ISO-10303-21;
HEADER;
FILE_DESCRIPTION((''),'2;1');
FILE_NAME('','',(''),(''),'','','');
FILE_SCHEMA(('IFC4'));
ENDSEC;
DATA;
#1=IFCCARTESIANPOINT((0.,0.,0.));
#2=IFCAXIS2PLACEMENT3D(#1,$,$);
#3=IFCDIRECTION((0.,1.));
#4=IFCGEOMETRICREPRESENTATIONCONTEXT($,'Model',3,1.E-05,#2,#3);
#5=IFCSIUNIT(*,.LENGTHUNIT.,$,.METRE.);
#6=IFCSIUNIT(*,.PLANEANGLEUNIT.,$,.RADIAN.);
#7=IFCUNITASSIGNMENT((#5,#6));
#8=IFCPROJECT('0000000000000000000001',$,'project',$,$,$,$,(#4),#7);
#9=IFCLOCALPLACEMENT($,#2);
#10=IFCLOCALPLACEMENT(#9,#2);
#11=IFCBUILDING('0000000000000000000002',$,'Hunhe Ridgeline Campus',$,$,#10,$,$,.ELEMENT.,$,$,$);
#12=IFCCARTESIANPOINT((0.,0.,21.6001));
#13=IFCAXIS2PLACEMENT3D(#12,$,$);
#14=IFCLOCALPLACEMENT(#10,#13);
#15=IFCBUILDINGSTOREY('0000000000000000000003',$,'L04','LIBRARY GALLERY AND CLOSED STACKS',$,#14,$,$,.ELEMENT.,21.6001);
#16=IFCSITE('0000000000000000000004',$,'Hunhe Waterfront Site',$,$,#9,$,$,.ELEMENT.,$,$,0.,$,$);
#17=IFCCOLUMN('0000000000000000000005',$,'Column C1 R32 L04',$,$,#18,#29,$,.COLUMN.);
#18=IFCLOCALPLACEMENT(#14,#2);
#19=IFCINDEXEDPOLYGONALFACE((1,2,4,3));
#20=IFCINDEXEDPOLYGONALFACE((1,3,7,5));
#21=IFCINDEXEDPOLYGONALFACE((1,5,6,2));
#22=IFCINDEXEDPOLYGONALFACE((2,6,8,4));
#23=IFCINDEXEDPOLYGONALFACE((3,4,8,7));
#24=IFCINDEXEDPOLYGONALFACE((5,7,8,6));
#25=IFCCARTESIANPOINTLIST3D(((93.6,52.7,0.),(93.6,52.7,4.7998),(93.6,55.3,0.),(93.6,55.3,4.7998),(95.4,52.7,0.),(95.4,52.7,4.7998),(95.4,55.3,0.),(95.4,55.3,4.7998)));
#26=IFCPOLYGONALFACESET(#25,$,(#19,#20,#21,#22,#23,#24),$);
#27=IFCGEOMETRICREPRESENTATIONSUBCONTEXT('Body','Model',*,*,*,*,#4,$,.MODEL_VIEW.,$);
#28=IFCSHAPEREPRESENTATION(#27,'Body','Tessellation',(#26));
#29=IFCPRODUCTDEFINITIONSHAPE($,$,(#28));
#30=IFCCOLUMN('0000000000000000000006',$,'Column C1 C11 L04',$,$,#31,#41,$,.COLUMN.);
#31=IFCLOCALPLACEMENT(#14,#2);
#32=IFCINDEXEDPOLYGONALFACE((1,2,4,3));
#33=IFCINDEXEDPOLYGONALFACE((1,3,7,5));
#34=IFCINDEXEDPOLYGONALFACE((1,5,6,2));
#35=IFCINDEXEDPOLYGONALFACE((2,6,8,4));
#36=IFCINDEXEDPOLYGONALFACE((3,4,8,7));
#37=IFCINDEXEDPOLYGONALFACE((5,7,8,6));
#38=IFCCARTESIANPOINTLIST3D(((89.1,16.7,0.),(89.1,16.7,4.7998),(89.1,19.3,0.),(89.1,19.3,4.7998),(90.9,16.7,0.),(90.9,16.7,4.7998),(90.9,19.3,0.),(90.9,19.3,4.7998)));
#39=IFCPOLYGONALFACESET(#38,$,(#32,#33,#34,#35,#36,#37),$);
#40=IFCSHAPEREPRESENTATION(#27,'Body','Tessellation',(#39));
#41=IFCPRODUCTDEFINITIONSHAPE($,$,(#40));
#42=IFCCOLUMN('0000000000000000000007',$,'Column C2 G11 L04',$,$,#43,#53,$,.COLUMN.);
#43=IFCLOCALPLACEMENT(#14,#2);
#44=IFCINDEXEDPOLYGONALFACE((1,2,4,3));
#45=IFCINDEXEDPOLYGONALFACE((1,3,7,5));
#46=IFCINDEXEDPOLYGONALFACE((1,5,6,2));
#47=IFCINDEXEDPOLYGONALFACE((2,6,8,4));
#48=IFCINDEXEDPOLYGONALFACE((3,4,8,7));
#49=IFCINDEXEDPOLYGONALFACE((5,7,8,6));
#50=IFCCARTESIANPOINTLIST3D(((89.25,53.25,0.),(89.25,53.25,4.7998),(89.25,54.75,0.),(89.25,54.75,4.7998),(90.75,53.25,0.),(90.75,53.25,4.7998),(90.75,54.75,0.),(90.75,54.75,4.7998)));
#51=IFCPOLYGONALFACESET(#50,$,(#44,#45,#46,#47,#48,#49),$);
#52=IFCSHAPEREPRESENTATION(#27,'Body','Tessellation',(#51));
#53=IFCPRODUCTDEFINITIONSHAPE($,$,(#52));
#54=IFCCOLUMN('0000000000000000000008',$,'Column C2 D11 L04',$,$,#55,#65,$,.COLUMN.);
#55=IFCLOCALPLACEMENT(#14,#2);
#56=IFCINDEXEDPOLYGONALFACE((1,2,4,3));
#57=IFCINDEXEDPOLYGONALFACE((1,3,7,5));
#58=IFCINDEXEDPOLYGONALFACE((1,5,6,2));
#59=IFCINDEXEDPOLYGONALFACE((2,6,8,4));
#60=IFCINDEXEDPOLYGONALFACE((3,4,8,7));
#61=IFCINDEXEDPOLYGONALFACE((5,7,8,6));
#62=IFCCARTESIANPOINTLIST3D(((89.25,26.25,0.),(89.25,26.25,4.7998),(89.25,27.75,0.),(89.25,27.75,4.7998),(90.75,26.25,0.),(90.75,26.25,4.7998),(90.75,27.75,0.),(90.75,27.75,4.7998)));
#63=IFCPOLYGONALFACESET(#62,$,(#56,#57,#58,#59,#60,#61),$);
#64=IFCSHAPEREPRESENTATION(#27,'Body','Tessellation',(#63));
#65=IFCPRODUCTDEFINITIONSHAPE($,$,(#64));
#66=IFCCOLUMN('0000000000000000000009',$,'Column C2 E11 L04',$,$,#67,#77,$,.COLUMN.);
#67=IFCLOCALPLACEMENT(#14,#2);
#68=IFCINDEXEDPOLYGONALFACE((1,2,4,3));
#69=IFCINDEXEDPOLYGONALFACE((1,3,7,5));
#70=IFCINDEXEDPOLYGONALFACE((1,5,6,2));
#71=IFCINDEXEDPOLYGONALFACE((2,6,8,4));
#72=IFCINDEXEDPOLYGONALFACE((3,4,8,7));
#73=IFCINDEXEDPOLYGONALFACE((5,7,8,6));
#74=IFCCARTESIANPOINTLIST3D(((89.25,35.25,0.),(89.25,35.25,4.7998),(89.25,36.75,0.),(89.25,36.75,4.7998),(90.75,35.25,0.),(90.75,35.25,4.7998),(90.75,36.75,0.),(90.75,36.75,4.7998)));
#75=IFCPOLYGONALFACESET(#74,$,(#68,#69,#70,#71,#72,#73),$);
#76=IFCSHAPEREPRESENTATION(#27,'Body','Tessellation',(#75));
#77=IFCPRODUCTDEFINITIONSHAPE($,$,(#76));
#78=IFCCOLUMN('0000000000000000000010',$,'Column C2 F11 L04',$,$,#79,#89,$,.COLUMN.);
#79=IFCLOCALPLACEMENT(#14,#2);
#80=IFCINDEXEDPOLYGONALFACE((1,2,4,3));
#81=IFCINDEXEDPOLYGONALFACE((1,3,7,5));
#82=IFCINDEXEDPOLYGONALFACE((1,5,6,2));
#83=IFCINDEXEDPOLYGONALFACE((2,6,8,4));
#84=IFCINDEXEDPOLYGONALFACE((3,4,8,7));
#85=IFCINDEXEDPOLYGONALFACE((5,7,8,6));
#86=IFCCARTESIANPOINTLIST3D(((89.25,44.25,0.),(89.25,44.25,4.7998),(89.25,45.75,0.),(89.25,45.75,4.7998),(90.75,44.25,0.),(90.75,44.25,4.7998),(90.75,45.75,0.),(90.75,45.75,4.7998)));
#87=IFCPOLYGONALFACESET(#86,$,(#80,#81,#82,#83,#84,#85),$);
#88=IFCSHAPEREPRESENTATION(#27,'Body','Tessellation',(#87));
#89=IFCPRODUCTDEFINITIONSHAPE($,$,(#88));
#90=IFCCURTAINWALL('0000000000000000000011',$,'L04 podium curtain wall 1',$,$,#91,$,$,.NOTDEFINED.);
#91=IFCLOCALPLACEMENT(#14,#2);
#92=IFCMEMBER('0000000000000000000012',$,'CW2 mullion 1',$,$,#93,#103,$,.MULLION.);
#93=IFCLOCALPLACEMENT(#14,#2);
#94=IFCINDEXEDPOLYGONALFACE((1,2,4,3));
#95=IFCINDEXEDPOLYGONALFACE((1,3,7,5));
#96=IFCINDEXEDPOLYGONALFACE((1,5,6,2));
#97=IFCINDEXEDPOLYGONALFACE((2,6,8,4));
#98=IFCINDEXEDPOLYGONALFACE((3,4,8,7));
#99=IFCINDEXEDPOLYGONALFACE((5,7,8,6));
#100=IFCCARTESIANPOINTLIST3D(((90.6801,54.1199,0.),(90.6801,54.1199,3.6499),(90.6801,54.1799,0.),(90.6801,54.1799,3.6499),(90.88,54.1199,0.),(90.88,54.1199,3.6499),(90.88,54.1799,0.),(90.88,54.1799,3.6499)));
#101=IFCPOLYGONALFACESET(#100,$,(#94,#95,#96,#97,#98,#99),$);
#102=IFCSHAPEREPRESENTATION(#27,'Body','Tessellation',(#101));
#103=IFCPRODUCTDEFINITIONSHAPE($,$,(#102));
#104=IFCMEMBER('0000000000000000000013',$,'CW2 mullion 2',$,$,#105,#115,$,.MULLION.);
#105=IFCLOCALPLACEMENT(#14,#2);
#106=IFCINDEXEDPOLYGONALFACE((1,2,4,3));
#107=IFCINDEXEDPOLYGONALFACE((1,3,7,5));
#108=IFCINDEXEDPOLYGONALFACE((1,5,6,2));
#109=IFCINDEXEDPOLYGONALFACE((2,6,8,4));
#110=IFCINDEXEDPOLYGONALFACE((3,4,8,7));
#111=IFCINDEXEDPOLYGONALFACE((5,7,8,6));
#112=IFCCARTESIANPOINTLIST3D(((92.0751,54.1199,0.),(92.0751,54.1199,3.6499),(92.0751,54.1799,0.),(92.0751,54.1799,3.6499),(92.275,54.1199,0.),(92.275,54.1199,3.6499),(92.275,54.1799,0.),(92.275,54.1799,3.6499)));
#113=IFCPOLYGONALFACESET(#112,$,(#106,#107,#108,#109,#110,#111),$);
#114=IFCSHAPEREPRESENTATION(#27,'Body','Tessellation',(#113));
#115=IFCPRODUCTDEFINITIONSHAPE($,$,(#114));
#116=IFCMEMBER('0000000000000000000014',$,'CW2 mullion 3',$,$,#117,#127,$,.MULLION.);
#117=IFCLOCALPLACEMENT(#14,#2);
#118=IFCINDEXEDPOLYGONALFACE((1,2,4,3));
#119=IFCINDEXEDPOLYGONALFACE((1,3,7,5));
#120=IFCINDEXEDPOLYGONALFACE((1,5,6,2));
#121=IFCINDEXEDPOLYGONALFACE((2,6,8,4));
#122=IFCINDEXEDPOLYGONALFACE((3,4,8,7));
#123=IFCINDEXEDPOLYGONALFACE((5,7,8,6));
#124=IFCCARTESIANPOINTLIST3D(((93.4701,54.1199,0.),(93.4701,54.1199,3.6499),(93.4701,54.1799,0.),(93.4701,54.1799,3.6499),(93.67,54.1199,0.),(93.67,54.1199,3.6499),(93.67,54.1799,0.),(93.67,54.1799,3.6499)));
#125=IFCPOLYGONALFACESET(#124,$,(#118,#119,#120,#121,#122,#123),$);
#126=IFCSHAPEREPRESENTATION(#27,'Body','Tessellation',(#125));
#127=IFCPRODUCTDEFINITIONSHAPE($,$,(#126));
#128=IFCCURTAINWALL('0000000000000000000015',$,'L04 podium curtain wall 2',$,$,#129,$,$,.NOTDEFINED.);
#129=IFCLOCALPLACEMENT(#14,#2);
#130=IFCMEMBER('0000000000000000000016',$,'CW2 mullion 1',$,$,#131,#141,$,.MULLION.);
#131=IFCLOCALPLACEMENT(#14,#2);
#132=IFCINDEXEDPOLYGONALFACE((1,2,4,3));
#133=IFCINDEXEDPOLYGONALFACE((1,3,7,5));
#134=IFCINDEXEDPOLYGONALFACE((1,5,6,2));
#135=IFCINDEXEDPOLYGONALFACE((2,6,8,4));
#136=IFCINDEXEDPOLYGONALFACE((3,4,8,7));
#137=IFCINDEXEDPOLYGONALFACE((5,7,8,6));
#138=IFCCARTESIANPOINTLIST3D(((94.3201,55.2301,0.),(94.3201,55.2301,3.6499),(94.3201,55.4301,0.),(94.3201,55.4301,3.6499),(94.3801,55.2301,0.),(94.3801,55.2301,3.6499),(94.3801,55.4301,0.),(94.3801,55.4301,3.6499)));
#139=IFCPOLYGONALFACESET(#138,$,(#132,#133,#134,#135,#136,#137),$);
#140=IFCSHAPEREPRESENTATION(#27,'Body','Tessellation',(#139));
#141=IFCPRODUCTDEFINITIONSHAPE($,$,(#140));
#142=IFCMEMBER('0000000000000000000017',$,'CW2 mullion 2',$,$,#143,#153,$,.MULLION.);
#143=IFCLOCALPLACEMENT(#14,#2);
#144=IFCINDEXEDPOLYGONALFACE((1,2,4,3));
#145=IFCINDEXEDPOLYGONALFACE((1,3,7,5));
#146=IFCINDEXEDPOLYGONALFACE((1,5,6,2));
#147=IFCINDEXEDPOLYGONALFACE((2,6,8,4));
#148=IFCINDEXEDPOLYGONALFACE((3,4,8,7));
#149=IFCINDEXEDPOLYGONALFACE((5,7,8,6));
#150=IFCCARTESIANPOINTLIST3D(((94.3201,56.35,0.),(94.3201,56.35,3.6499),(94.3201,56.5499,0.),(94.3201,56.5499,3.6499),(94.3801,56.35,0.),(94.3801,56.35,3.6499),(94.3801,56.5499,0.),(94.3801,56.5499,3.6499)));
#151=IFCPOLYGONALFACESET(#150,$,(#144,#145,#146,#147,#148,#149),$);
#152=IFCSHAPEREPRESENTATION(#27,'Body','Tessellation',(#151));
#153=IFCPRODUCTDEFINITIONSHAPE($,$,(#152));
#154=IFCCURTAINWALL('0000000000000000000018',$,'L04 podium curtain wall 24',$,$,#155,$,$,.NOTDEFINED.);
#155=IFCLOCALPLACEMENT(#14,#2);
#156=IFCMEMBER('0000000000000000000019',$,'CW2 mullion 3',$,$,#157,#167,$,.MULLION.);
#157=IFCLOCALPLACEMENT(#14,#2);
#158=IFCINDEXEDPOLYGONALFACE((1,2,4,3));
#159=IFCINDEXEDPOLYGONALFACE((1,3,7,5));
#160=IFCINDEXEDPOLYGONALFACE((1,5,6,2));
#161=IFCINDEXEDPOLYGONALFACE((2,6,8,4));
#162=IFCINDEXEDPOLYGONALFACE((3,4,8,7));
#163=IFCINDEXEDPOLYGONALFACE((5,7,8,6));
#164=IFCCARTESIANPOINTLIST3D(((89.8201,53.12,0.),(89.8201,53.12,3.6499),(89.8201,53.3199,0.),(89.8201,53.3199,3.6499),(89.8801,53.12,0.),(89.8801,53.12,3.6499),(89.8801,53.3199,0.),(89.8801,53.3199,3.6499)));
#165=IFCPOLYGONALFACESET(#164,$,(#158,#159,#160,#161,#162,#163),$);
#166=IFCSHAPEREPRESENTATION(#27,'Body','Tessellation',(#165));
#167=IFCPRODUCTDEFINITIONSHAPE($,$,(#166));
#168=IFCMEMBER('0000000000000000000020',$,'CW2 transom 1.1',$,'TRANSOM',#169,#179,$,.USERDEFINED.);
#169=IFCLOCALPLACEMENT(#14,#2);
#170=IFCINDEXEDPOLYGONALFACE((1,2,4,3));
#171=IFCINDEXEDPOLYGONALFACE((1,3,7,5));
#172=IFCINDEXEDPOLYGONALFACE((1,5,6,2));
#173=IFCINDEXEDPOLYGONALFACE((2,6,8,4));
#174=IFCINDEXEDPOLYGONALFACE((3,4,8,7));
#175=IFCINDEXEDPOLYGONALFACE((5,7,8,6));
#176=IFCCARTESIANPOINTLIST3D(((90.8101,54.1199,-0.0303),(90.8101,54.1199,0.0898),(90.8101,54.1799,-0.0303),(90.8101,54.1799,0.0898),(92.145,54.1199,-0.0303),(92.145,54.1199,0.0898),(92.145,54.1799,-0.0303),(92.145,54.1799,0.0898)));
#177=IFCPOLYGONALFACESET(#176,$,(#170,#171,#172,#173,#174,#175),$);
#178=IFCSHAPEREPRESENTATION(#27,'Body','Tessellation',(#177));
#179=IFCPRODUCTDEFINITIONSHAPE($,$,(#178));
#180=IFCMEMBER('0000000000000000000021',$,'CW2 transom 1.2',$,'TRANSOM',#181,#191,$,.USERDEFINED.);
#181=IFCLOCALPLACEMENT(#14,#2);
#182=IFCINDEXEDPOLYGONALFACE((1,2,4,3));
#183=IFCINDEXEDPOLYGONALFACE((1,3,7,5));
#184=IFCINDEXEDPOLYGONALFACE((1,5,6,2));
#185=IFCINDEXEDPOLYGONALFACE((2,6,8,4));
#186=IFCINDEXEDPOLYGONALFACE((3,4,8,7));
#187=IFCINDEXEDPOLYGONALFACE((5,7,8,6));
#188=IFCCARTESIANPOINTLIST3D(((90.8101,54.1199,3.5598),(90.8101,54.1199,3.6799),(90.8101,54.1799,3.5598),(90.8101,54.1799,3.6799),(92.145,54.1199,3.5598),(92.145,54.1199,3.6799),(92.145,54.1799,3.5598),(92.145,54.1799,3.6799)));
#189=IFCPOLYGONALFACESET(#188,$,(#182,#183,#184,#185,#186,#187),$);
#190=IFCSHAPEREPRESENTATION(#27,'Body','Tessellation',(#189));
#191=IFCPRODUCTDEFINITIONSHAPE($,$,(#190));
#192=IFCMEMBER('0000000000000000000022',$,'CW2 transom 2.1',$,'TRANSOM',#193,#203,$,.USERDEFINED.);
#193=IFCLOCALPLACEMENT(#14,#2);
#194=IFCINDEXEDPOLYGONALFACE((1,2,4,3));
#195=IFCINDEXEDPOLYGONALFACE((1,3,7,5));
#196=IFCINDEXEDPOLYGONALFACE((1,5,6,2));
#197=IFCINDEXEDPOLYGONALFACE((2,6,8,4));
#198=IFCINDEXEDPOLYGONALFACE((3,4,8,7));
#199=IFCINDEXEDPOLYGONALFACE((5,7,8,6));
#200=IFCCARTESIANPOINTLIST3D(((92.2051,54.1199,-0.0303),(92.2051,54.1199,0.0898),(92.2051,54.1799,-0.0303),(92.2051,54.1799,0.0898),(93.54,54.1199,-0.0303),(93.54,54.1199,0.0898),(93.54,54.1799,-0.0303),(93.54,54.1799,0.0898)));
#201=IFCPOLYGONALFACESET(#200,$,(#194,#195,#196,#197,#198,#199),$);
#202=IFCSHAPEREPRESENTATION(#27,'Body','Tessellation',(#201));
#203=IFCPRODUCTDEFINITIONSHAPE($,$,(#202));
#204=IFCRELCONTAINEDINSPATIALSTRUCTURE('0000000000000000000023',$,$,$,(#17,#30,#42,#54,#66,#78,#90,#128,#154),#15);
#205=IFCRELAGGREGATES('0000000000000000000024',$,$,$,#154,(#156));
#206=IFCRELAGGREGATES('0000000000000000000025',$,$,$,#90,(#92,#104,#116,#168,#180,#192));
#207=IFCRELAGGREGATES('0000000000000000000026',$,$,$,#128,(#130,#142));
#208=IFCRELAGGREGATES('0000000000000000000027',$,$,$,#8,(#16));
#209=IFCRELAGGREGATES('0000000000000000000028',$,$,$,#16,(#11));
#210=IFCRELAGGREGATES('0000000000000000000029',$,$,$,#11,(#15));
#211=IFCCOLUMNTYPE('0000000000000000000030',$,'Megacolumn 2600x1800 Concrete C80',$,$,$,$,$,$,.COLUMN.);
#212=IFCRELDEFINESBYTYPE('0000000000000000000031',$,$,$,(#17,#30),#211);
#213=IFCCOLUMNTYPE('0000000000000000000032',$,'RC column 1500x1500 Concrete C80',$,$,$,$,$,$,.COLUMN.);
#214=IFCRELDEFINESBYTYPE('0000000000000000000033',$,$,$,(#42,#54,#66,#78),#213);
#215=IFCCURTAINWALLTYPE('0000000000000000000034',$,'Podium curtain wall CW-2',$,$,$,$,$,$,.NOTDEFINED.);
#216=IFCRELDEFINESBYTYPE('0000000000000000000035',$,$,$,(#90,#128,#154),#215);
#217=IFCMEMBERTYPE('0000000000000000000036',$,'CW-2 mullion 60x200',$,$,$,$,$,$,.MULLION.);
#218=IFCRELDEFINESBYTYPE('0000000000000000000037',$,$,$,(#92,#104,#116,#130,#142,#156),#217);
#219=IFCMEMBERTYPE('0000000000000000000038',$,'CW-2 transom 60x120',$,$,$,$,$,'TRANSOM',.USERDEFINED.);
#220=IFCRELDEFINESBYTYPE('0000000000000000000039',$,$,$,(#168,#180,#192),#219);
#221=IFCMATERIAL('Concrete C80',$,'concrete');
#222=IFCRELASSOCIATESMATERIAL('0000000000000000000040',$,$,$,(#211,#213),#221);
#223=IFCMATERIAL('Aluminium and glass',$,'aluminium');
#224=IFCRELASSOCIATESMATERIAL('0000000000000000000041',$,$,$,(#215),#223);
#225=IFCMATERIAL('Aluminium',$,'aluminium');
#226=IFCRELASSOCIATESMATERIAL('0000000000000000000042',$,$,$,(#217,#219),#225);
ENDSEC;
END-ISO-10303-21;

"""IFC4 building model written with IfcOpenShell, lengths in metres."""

from ifc_helpers import new_model, si_unit, direction, frame, origin, origin_2d, place, context, subcontext, project, spatial, rectangle, extrude, material, material_profile, profile_set, type_object, element, aggregate, save


model = new_model("IFC4")

# Units and contexts
model_context = context("Model", 3, precision=1e-05, world=origin(), true_north=direction((0.0, 1.0)))
body_context = subcontext(model_context, "Body", "Model", "MODEL_VIEW")
ifc_project = project(units=[si_unit("LENGTHUNIT", "METRE"), si_unit("PLANEANGLEUNIT", "RADIAN")], contexts=[model_context])

# Site, building, storey
site_placement = place(None, origin())
site = spatial("IfcSite", under=ifc_project, at=site_placement, Name="Hunhe Waterfront Site", CompositionType="ELEMENT", RefElevation=0.0)
building_placement = place(site_placement, origin())
building = spatial("IfcBuilding", under=site, at=building_placement, Name="Hunhe Ridgeline Campus", CompositionType="ELEMENT")
storey_placement = place(building_placement, frame((0.0, 0.0, 21.6001)))
storey = spatial("IfcBuildingStorey", under=building, at=storey_placement, Name="L04", Description="LIBRARY GALLERY AND CLOSED STACKS", CompositionType="ELEMENT", Elevation=21.6001)

# Columns
ifc_material_1 = material(Name="Concrete C80", Category="concrete")
ifc_material_profile_1 = material_profile(ifc_material_1, rectangle(XDim=2.6001, YDim=1.8, at=origin_2d()))
ifc_profile_set_1 = profile_set([ifc_material_profile_1], Name="Concrete C80")
column_type_1 = type_object("IfcColumnType", Name="Megacolumn 2600x1800 Concrete C80", PredefinedType="COLUMN", material=ifc_profile_set_1)
for number, where, z_axis, x_axis, name in (
    (1, (94.5, 54.0, 0.0), (0.0, 0.0, 1.0), (0.0, 1.0, 0.0), "Column C1 R32 L04"),
    (2, (90.0, 18.0, 0.0), (0.0, 0.0, 1.0), (0.0, 1.0, 0.0), "Column C1 C11 L04"),
):
    element("IfcColumn", number, at=place(storey_placement, frame(where, z_axis=z_axis, x_axis=x_axis)), inside=storey, type_object=column_type_1, Name=name, PredefinedType="COLUMN", context=body_context, shape_type="SweptSolid", body=[
        extrude(rectangle(XDim=2.6001, YDim=1.8, at=origin_2d()), origin(), (0.0, 0.0, 1.0), 4.7998),
    ])
ifc_material_profile_2 = material_profile(ifc_material_1, rectangle(XDim=1.5, YDim=1.5, at=origin_2d()))
ifc_profile_set_2 = profile_set([ifc_material_profile_2], Name="Concrete C80")
column_type_2 = type_object("IfcColumnType", Name="RC column 1500x1500 Concrete C80", PredefinedType="COLUMN", material=ifc_profile_set_2)
for number, where, z_axis, x_axis, name in (
    (3, (90.0, 54.0, 0.0), (0.0, 0.0, 1.0), (1.0, 0.0, 0.0), "Column C2 G11 L04"),
    (4, (90.0, 27.0, 0.0), (0.0, 0.0, 1.0), (1.0, 0.0, 0.0), "Column C2 D11 L04"),
    (5, (90.0, 36.0, 0.0), (0.0, 0.0, 1.0), (1.0, 0.0, 0.0), "Column C2 E11 L04"),
    (6, (90.0, 45.0, 0.0), (0.0, 0.0, 1.0), (1.0, 0.0, 0.0), "Column C2 F11 L04"),
):
    element("IfcColumn", number, at=place(storey_placement, frame(where, z_axis=z_axis, x_axis=x_axis)), inside=storey, type_object=column_type_2, Name=name, PredefinedType="COLUMN", context=body_context, shape_type="SweptSolid", body=[
        extrude(rectangle(XDim=1.5, YDim=1.5, at=origin_2d()), origin(), (0.0, 0.0, 1.0), 4.7998),
    ])

# Curtain walls, members
ifc_material_2 = material(Name="Aluminium and glass", Category="aluminium")
curtain_wall_type = type_object("IfcCurtainWallType", Name="Podium curtain wall CW-2", PredefinedType="NOTDEFINED", material=ifc_material_2)
curtain_wall_1_placement = place(storey_placement, origin())
curtain_wall_1 = element("IfcCurtainWall", 7, at=curtain_wall_1_placement, inside=storey, type_object=curtain_wall_type, Name="L04 podium curtain wall 1", PredefinedType="NOTDEFINED")
ifc_material_3 = material(Name="Aluminium", Category="aluminium")
ifc_material_profile_3 = material_profile(ifc_material_3, rectangle(XDim=0.0601, YDim=0.2, at=origin_2d()))
ifc_profile_set_3 = profile_set([ifc_material_profile_3], Name="Aluminium")
member_type_1 = type_object("IfcMemberType", Name="CW-2 mullion 60x200", PredefinedType="MULLION", material=ifc_profile_set_3)
member_1_placement = place(storey_placement, frame((90.78, 54.1499, 0.0), z_axis=(0.0, 0.0, 1.0), x_axis=(0.0, 1.0, 0.0)))
member_1 = element("IfcMember", 8, at=member_1_placement, type_object=member_type_1, Name="CW2 mullion 1", PredefinedType="MULLION", context=body_context, shape_type="SweptSolid", body=[
    extrude(rectangle(XDim=0.0601, YDim=0.2, at=origin_2d()), origin(), (0.0, 0.0, 1.0), 3.6499),
])
member_2_placement = place(storey_placement, frame((92.175, 54.1499, 0.0), z_axis=(0.0, 0.0, 1.0), x_axis=(0.0, 1.0, 0.0)))
member_2 = element("IfcMember", 9, at=member_2_placement, type_object=member_type_1, Name="CW2 mullion 2", PredefinedType="MULLION", context=body_context, shape_type="SweptSolid", body=[
    extrude(rectangle(XDim=0.0601, YDim=0.2, at=origin_2d()), origin(), (0.0, 0.0, 1.0), 3.6499),
])
member_3_placement = place(storey_placement, frame((93.5701, 54.1499, 0.0), z_axis=(0.0, 0.0, 1.0), x_axis=(0.0, 1.0, 0.0)))
member_3 = element("IfcMember", 10, at=member_3_placement, type_object=member_type_1, Name="CW2 mullion 3", PredefinedType="MULLION", context=body_context, shape_type="SweptSolid", body=[
    extrude(rectangle(XDim=0.0601, YDim=0.2, at=origin_2d()), origin(), (0.0, 0.0, 1.0), 3.6499),
])
curtain_wall_2_placement = place(storey_placement, origin())
curtain_wall_2 = element("IfcCurtainWall", 11, at=curtain_wall_2_placement, inside=storey, type_object=curtain_wall_type, Name="L04 podium curtain wall 2", PredefinedType="NOTDEFINED")
member_4_placement = place(storey_placement, frame((94.3501, 55.3301, 0.0), z_axis=(0.0, 0.0, 1.0), x_axis=(-1.0, 0.0, 0.0)))
member_4 = element("IfcMember", 12, at=member_4_placement, type_object=member_type_1, Name="CW2 mullion 1", PredefinedType="MULLION", context=body_context, shape_type="SweptSolid", body=[
    extrude(rectangle(XDim=0.0601, YDim=0.2, at=origin_2d()), origin(), (0.0, 0.0, 1.0), 3.6499),
])
member_5_placement = place(storey_placement, frame((94.3501, 56.45, 0.0), z_axis=(0.0, 0.0, 1.0), x_axis=(-1.0, 0.0, 0.0)))
member_5 = element("IfcMember", 13, at=member_5_placement, type_object=member_type_1, Name="CW2 mullion 2", PredefinedType="MULLION", context=body_context, shape_type="SweptSolid", body=[
    extrude(rectangle(XDim=0.0601, YDim=0.2, at=origin_2d()), origin(), (0.0, 0.0, 1.0), 3.6499),
])

# Curtain wall, member
curtain_wall_3_placement = place(storey_placement, origin())
curtain_wall_3 = element("IfcCurtainWall", 14, at=curtain_wall_3_placement, inside=storey, type_object=curtain_wall_type, Name="L04 podium curtain wall 24", PredefinedType="NOTDEFINED")
member_6_placement = place(storey_placement, frame((89.8501, 53.22, 0.0), z_axis=(0.0, 0.0, 1.0), x_axis=(-1.0, 0.0, 0.0)))
member_6 = element("IfcMember", 15, at=member_6_placement, type_object=member_type_1, Name="CW2 mullion 3", PredefinedType="MULLION", context=body_context, shape_type="SweptSolid", body=[
    extrude(rectangle(XDim=0.0601, YDim=0.2, at=origin_2d()), origin(), (0.0, 0.0, 1.0), 3.6499),
])
aggregate(curtain_wall_3, [member_6])

# Members
ifc_material_profile_4 = material_profile(ifc_material_3, rectangle(XDim=0.0601, YDim=0.1201, at=origin_2d()))
ifc_profile_set_4 = profile_set([ifc_material_profile_4], Name="Aluminium")
member_type_2 = type_object("IfcMemberType", Name="CW-2 transom 60x120", ElementType="TRANSOM", PredefinedType="USERDEFINED", material=ifc_profile_set_4)
member_7_placement = place(storey_placement, frame((90.8101, 54.1499, 0.0298), z_axis=(1.0, 0.0, 0.0), x_axis=(0.0, 1.0, 0.0)))
member_7 = element("IfcMember", 16, at=member_7_placement, type_object=member_type_2, Name="CW2 transom 1.1", ObjectType="TRANSOM", PredefinedType="USERDEFINED", context=body_context, shape_type="SweptSolid", body=[
    extrude(rectangle(XDim=0.0601, YDim=0.1201, at=origin_2d()), origin(), (0.0, 0.0, 1.0), 1.335),
])
member_8_placement = place(storey_placement, frame((90.8101, 54.1499, 3.6199), z_axis=(1.0, 0.0, 0.0), x_axis=(0.0, 1.0, 0.0)))
member_8 = element("IfcMember", 17, at=member_8_placement, type_object=member_type_2, Name="CW2 transom 1.2", ObjectType="TRANSOM", PredefinedType="USERDEFINED", context=body_context, shape_type="SweptSolid", body=[
    extrude(rectangle(XDim=0.0601, YDim=0.1201, at=origin_2d()), origin(), (0.0, 0.0, 1.0), 1.335),
])
member_9_placement = place(storey_placement, frame((92.2051, 54.1499, 0.0298), z_axis=(1.0, 0.0, 0.0), x_axis=(0.0, 1.0, 0.0)))
member_9 = element("IfcMember", 18, at=member_9_placement, type_object=member_type_2, Name="CW2 transom 2.1", ObjectType="TRANSOM", PredefinedType="USERDEFINED", context=body_context, shape_type="SweptSolid", body=[
    extrude(rectangle(XDim=0.0601, YDim=0.1201, at=origin_2d()), origin(), (0.0, 0.0, 1.0), 1.335),
])

aggregate(curtain_wall_1, [member_1, member_2, member_3, member_7, member_8, member_9])
aggregate(curtain_wall_2, [member_4, member_5])

save(model, "model.ifc")
